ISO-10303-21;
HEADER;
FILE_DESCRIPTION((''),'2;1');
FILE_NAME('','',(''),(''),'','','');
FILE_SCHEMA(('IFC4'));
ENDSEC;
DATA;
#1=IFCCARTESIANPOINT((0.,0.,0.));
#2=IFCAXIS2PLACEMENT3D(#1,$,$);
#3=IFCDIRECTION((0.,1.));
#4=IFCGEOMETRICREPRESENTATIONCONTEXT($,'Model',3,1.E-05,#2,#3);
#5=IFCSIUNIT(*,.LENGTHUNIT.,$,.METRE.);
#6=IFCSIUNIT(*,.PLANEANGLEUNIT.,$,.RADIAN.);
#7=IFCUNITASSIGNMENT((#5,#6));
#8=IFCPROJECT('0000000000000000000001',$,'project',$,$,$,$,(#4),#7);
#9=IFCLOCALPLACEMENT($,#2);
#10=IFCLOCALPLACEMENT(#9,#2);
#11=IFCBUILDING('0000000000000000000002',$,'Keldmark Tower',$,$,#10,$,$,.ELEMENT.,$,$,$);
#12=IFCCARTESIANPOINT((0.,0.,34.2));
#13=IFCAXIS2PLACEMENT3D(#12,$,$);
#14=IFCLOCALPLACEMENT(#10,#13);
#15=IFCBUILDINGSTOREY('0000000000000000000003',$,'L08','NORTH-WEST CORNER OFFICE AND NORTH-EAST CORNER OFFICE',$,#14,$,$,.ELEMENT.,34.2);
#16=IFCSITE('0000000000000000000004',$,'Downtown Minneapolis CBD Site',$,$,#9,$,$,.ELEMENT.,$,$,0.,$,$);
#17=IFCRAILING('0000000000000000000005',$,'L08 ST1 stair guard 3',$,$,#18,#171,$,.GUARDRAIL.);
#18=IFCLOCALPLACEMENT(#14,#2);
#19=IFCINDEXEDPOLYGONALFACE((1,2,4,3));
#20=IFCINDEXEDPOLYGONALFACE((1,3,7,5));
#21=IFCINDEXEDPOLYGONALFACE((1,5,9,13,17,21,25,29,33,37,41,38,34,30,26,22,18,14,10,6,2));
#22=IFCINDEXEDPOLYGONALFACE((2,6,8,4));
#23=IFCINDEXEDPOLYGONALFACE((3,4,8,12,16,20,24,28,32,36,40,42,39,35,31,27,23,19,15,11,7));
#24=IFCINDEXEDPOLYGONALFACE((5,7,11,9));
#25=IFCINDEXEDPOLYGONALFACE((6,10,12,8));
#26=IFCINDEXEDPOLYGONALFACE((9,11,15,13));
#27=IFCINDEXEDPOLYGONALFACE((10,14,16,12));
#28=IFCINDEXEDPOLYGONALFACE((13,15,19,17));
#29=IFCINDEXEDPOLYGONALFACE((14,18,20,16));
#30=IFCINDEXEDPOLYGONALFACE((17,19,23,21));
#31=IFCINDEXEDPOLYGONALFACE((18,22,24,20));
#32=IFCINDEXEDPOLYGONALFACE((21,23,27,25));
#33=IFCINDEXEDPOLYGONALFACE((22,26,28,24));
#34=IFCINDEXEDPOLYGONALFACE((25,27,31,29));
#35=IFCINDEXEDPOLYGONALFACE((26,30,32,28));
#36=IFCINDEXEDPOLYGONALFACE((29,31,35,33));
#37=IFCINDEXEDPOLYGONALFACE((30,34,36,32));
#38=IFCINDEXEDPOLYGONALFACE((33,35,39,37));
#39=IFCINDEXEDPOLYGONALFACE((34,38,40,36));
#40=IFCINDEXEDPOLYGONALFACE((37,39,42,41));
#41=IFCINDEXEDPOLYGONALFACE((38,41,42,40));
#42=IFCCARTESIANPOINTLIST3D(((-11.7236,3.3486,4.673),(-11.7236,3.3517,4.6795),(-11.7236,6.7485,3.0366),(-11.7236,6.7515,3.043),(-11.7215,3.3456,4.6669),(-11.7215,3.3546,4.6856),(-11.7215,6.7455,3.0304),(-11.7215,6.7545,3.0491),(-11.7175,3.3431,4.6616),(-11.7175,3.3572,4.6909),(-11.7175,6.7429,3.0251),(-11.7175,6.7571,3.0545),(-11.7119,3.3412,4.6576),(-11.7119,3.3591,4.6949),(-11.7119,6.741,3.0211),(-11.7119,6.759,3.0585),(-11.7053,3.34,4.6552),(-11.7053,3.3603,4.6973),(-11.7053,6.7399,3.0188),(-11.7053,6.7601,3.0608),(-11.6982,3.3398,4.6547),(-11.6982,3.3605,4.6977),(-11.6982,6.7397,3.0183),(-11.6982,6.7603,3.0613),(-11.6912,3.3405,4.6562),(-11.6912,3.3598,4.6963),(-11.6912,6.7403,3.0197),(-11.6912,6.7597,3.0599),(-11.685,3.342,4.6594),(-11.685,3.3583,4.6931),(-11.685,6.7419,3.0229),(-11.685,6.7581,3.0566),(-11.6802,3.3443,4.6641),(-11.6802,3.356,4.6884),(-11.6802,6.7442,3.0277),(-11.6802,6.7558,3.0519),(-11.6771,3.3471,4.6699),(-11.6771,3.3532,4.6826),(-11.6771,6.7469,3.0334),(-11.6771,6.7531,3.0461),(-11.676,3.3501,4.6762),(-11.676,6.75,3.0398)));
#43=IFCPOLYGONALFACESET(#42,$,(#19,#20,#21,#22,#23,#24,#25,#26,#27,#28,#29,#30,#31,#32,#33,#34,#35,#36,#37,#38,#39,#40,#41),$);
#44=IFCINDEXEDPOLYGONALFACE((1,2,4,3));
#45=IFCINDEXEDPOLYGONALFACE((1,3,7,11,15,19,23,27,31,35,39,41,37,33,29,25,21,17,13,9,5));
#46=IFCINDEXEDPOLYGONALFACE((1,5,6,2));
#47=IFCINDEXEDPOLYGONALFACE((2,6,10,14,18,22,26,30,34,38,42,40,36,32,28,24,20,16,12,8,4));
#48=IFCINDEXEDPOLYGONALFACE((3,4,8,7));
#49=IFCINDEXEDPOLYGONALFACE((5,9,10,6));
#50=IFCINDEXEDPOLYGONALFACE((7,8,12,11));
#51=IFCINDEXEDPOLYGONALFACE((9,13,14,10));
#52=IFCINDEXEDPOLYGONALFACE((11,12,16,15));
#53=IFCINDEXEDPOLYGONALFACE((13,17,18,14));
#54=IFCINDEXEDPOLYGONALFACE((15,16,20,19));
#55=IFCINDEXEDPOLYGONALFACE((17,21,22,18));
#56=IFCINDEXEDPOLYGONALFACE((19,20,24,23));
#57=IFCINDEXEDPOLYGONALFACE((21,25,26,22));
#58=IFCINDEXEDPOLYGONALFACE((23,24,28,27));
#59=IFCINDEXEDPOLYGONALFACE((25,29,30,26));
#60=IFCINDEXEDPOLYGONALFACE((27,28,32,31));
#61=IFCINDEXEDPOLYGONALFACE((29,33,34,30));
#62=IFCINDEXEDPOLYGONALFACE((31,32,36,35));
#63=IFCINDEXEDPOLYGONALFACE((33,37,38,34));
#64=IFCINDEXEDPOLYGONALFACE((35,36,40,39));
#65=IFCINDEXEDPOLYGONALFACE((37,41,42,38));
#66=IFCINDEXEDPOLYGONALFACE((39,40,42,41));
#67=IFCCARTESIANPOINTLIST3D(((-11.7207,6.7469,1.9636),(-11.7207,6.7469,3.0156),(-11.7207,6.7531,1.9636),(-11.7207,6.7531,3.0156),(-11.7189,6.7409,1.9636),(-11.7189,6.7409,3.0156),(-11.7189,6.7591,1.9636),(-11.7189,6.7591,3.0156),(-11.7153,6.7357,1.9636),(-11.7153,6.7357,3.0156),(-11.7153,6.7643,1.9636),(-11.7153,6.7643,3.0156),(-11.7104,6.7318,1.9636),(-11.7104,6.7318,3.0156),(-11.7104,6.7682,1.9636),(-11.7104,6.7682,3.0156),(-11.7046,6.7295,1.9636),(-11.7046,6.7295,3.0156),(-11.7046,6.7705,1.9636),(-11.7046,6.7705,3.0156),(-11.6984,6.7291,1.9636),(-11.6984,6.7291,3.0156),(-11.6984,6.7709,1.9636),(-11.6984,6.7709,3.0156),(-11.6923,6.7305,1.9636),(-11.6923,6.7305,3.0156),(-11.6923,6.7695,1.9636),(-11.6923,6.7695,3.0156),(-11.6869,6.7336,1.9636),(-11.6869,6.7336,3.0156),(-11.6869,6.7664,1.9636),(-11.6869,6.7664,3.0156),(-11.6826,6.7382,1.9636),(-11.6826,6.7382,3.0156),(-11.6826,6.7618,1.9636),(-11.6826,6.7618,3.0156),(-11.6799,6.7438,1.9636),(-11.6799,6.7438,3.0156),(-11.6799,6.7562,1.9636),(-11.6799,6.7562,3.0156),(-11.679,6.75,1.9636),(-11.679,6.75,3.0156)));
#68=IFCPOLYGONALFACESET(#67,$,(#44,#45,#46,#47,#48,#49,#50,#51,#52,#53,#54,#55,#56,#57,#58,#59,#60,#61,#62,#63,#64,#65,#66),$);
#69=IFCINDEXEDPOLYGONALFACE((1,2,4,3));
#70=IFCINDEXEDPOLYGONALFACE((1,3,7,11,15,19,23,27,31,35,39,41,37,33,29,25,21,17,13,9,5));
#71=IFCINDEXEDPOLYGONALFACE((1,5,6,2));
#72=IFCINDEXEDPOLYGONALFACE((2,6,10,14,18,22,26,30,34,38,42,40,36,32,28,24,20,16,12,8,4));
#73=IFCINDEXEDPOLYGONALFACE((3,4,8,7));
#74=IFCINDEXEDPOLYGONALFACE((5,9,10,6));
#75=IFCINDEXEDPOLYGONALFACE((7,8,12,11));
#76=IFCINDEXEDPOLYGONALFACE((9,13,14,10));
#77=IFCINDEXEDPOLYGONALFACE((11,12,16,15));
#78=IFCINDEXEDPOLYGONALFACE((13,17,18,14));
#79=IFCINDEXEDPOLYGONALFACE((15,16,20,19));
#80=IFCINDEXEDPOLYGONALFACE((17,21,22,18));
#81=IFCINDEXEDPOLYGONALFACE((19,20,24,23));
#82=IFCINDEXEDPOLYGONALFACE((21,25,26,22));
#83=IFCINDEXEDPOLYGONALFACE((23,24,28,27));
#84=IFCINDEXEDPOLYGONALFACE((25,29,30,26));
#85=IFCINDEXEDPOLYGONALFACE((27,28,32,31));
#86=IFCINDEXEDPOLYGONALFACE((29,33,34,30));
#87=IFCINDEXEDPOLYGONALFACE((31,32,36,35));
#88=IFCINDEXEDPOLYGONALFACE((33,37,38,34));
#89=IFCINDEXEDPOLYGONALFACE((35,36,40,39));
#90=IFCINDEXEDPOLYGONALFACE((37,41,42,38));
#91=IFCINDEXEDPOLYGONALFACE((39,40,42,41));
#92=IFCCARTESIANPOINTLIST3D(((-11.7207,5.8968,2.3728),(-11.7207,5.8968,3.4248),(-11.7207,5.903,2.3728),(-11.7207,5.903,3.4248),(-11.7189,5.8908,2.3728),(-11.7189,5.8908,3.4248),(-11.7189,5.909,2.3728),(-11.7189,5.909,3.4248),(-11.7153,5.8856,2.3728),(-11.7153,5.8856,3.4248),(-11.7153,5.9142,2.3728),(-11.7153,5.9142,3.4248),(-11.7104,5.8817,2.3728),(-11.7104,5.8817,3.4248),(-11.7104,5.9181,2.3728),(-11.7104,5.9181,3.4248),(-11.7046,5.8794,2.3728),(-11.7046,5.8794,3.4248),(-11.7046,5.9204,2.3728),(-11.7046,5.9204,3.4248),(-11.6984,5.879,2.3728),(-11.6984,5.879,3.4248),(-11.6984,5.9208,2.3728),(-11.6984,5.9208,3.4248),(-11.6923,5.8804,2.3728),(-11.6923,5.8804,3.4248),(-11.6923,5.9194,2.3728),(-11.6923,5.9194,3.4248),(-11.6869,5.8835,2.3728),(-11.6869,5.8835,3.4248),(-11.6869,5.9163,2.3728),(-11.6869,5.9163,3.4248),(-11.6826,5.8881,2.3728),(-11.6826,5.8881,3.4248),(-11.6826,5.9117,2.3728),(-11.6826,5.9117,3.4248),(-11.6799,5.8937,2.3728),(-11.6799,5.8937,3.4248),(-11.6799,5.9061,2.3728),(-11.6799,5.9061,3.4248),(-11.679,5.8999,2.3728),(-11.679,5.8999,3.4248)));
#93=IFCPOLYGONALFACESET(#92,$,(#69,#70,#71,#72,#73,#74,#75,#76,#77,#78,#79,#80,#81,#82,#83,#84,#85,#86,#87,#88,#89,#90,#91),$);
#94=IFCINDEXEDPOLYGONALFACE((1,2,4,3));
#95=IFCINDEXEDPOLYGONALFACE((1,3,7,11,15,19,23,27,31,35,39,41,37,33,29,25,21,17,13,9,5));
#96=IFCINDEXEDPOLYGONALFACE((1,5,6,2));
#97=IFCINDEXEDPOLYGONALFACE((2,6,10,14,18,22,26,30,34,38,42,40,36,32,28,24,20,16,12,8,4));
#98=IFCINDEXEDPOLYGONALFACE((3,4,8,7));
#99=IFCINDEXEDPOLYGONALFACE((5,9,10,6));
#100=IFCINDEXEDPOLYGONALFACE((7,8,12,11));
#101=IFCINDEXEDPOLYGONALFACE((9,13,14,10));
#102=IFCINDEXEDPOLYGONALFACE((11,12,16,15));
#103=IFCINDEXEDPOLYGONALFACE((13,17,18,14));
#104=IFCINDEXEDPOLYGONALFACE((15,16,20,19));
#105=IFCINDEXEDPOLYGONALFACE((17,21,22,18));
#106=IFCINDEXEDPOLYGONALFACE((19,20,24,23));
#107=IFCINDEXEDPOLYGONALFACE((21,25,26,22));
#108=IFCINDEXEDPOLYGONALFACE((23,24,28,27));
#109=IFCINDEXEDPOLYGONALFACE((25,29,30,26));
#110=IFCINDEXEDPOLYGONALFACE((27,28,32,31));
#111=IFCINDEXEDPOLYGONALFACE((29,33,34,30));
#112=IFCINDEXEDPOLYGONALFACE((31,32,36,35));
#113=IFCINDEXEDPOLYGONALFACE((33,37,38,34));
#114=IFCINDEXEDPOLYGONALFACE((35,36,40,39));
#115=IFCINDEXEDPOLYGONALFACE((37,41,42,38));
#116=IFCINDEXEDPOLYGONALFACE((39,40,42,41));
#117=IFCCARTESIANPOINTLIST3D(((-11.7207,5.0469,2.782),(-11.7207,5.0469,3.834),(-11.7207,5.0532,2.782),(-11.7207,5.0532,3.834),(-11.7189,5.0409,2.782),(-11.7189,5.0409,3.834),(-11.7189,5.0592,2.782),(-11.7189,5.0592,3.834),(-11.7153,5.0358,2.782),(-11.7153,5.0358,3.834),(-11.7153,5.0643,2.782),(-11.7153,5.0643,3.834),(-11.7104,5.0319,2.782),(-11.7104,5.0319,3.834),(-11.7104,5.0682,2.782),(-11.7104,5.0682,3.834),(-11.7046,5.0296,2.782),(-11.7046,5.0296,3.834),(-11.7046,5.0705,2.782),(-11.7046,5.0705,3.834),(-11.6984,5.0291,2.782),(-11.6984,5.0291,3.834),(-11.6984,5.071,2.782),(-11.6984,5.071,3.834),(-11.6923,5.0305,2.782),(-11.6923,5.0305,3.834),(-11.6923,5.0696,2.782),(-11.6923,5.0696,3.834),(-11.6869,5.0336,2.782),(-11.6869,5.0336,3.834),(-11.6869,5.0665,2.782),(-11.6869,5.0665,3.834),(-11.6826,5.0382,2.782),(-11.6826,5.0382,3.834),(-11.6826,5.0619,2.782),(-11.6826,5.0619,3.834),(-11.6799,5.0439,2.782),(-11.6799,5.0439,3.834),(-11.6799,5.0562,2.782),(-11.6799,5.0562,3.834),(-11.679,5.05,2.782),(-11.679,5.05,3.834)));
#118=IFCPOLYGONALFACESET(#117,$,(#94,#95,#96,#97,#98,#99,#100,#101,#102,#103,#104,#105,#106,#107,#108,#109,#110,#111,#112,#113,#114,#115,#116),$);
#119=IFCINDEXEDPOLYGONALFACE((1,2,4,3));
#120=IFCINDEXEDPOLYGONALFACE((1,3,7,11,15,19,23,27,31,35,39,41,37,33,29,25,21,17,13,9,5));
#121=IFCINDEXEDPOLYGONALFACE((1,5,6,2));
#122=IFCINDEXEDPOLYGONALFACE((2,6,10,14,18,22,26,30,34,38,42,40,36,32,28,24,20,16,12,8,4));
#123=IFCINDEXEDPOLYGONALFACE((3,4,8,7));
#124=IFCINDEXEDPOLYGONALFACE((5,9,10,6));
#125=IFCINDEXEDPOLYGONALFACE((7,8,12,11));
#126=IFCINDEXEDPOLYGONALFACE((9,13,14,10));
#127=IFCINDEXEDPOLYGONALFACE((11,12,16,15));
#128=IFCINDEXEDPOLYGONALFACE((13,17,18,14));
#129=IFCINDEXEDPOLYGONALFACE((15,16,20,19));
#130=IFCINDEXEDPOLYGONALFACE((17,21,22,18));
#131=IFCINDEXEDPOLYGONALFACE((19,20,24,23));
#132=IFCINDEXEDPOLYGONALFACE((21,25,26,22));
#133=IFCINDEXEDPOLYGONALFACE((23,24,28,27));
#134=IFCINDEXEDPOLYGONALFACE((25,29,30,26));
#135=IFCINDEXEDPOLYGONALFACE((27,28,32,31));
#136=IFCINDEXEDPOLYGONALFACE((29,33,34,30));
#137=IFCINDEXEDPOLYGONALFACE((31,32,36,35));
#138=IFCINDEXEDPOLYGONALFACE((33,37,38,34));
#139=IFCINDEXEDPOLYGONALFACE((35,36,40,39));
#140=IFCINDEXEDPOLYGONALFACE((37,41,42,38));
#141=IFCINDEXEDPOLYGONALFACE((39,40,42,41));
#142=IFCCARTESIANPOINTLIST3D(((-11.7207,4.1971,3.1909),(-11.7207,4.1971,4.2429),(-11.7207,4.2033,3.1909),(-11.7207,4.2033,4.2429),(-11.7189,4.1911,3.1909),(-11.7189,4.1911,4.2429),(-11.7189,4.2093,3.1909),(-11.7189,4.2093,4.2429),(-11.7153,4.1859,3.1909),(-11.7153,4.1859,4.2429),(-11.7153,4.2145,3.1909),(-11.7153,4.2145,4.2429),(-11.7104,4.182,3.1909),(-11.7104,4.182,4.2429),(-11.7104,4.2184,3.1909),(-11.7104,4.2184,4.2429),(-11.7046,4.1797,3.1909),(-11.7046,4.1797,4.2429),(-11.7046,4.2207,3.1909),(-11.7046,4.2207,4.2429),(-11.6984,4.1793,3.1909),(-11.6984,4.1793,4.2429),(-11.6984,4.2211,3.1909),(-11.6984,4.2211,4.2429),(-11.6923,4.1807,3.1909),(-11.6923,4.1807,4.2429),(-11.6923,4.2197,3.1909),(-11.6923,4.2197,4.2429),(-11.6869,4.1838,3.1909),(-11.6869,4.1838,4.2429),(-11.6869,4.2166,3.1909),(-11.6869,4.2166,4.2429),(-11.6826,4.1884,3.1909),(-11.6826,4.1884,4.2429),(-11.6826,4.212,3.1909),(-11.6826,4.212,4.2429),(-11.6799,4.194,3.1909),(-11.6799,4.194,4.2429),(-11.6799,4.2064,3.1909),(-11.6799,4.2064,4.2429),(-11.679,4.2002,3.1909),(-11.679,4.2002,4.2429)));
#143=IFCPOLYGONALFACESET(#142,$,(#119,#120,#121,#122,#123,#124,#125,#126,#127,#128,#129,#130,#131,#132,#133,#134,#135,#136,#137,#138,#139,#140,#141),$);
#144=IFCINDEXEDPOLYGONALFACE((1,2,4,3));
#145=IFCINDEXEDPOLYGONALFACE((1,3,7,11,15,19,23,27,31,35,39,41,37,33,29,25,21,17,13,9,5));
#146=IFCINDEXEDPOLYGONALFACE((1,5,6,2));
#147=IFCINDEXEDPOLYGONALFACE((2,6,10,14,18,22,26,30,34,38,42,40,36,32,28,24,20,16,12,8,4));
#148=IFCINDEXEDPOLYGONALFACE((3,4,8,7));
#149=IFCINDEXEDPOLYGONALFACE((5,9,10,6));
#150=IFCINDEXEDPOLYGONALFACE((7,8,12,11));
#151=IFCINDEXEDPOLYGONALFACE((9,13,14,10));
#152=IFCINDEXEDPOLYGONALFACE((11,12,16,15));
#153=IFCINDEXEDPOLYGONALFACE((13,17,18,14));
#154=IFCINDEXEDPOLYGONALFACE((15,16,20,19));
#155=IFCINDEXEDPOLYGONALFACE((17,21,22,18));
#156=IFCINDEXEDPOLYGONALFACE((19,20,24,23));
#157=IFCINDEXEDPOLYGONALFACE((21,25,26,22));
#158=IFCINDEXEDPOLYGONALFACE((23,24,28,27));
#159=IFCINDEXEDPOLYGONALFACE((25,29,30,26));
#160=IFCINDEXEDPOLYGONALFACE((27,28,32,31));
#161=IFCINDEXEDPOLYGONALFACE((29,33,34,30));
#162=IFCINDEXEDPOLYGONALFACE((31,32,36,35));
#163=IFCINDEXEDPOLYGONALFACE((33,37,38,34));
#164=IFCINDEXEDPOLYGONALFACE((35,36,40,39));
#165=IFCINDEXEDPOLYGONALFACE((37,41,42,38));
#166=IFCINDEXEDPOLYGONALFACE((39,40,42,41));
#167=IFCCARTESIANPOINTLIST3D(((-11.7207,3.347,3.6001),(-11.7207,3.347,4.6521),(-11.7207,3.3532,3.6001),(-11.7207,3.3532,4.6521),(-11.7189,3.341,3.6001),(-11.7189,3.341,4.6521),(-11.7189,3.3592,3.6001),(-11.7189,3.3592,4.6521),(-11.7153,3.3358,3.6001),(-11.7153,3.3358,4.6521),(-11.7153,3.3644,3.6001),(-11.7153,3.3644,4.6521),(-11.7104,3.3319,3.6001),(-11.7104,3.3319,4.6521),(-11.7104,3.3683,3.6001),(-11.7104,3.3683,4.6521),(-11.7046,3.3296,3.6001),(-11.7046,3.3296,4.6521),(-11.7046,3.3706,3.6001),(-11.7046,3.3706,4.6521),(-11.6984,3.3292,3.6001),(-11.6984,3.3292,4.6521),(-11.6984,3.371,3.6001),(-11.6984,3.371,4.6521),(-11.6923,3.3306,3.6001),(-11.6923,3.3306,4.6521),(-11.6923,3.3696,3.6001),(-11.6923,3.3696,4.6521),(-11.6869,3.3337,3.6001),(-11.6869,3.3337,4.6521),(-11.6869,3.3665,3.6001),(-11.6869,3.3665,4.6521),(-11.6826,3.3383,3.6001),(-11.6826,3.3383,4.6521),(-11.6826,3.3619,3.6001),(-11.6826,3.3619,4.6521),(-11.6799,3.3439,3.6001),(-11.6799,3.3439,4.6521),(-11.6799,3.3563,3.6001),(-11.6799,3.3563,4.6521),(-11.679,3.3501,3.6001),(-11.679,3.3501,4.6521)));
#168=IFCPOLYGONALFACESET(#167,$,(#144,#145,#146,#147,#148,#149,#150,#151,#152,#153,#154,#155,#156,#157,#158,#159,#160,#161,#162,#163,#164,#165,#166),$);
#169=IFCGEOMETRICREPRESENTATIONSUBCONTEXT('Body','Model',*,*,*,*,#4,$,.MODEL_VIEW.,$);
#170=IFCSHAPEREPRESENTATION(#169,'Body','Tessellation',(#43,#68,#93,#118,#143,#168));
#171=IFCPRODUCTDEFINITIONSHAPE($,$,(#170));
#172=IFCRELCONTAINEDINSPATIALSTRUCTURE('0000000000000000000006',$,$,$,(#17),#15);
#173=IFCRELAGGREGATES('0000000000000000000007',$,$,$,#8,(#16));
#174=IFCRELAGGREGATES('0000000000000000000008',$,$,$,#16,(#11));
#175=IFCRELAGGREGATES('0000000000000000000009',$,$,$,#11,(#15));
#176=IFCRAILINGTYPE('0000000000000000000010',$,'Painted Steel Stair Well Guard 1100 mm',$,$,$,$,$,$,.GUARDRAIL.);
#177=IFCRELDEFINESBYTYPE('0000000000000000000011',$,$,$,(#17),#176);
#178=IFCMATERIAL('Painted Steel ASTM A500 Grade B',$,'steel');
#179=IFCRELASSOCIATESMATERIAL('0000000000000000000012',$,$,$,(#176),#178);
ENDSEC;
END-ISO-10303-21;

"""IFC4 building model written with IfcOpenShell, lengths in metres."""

from ifc_helpers import new_model, si_unit, direction, frame, origin, origin_2d, place, context, subcontext, project, spatial, circle, extrude, material, type_object, element, save


model = new_model("IFC4")

# Units and contexts
model_context = context("Model", 3, precision=1e-05, world=origin(), true_north=direction((0.0, 1.0)))
body_context = subcontext(model_context, "Body", "Model", "MODEL_VIEW")
ifc_project = project(units=[si_unit("LENGTHUNIT", "METRE"), si_unit("PLANEANGLEUNIT", "RADIAN")], contexts=[model_context])

# Site, building, storey
site_placement = place(None, origin())
site = spatial("IfcSite", under=ifc_project, at=site_placement, Name="Downtown Minneapolis CBD Site", CompositionType="ELEMENT", RefElevation=0.0)
building_placement = place(site_placement, origin())
building = spatial("IfcBuilding", under=site, at=building_placement, Name="Keldmark Tower", CompositionType="ELEMENT")
storey_placement = place(building_placement, frame((0.0, 0.0, 34.2)))
storey = spatial("IfcBuildingStorey", under=building, at=storey_placement, Name="L08", Description="NORTH-WEST CORNER OFFICE AND NORTH-EAST CORNER OFFICE", CompositionType="ELEMENT", Elevation=34.2)

# Railing
ifc_material_1 = material(Name="Painted Steel ASTM A500 Grade B", Category="steel")
railing_type_1 = type_object("IfcRailingType", Name="Painted Steel Stair Well Guard 1100 mm", PredefinedType="GUARDRAIL", material=ifc_material_1)
railing_1_placement = place(storey_placement, frame((-11.7, 6.75, 1.9636)))
element("IfcRailing", 1, at=railing_1_placement, inside=storey, type_object=railing_type_1, Name="L08 ST1 stair guard 3", PredefinedType="GUARDRAIL", context=body_context, shape_type="SweptSolid", body=[
    extrude(circle(Radius=0.0239, at=origin_2d()), frame((0.0, 0.0, 1.0762), z_axis=(0.0, -0.901055, 0.433705), x_axis=(1.0, 0.0, 0.0)), (0.0, 0.0, 1.0), 3.7732),
    extrude(circle(Radius=0.021, at=origin_2d()), origin(), (0.0, 0.0, 1.0), 1.052),
    extrude(circle(Radius=0.021, at=origin_2d()), frame((0.0, -0.8501, 0.4092)), (0.0, 0.0, 1.0), 1.052),
    extrude(circle(Radius=0.021, at=origin_2d()), frame((0.0, -1.7, 0.8184)), (0.0, 0.0, 1.0), 1.052),
    extrude(circle(Radius=0.021, at=origin_2d()), frame((0.0, -2.5498, 1.2273)), (0.0, 0.0, 1.0), 1.052),
    extrude(circle(Radius=0.021, at=origin_2d()), frame((0.0, -3.3999, 1.6365)), (0.0, 0.0, 1.0), 1.052),
])

save(model, "model.ifc")
